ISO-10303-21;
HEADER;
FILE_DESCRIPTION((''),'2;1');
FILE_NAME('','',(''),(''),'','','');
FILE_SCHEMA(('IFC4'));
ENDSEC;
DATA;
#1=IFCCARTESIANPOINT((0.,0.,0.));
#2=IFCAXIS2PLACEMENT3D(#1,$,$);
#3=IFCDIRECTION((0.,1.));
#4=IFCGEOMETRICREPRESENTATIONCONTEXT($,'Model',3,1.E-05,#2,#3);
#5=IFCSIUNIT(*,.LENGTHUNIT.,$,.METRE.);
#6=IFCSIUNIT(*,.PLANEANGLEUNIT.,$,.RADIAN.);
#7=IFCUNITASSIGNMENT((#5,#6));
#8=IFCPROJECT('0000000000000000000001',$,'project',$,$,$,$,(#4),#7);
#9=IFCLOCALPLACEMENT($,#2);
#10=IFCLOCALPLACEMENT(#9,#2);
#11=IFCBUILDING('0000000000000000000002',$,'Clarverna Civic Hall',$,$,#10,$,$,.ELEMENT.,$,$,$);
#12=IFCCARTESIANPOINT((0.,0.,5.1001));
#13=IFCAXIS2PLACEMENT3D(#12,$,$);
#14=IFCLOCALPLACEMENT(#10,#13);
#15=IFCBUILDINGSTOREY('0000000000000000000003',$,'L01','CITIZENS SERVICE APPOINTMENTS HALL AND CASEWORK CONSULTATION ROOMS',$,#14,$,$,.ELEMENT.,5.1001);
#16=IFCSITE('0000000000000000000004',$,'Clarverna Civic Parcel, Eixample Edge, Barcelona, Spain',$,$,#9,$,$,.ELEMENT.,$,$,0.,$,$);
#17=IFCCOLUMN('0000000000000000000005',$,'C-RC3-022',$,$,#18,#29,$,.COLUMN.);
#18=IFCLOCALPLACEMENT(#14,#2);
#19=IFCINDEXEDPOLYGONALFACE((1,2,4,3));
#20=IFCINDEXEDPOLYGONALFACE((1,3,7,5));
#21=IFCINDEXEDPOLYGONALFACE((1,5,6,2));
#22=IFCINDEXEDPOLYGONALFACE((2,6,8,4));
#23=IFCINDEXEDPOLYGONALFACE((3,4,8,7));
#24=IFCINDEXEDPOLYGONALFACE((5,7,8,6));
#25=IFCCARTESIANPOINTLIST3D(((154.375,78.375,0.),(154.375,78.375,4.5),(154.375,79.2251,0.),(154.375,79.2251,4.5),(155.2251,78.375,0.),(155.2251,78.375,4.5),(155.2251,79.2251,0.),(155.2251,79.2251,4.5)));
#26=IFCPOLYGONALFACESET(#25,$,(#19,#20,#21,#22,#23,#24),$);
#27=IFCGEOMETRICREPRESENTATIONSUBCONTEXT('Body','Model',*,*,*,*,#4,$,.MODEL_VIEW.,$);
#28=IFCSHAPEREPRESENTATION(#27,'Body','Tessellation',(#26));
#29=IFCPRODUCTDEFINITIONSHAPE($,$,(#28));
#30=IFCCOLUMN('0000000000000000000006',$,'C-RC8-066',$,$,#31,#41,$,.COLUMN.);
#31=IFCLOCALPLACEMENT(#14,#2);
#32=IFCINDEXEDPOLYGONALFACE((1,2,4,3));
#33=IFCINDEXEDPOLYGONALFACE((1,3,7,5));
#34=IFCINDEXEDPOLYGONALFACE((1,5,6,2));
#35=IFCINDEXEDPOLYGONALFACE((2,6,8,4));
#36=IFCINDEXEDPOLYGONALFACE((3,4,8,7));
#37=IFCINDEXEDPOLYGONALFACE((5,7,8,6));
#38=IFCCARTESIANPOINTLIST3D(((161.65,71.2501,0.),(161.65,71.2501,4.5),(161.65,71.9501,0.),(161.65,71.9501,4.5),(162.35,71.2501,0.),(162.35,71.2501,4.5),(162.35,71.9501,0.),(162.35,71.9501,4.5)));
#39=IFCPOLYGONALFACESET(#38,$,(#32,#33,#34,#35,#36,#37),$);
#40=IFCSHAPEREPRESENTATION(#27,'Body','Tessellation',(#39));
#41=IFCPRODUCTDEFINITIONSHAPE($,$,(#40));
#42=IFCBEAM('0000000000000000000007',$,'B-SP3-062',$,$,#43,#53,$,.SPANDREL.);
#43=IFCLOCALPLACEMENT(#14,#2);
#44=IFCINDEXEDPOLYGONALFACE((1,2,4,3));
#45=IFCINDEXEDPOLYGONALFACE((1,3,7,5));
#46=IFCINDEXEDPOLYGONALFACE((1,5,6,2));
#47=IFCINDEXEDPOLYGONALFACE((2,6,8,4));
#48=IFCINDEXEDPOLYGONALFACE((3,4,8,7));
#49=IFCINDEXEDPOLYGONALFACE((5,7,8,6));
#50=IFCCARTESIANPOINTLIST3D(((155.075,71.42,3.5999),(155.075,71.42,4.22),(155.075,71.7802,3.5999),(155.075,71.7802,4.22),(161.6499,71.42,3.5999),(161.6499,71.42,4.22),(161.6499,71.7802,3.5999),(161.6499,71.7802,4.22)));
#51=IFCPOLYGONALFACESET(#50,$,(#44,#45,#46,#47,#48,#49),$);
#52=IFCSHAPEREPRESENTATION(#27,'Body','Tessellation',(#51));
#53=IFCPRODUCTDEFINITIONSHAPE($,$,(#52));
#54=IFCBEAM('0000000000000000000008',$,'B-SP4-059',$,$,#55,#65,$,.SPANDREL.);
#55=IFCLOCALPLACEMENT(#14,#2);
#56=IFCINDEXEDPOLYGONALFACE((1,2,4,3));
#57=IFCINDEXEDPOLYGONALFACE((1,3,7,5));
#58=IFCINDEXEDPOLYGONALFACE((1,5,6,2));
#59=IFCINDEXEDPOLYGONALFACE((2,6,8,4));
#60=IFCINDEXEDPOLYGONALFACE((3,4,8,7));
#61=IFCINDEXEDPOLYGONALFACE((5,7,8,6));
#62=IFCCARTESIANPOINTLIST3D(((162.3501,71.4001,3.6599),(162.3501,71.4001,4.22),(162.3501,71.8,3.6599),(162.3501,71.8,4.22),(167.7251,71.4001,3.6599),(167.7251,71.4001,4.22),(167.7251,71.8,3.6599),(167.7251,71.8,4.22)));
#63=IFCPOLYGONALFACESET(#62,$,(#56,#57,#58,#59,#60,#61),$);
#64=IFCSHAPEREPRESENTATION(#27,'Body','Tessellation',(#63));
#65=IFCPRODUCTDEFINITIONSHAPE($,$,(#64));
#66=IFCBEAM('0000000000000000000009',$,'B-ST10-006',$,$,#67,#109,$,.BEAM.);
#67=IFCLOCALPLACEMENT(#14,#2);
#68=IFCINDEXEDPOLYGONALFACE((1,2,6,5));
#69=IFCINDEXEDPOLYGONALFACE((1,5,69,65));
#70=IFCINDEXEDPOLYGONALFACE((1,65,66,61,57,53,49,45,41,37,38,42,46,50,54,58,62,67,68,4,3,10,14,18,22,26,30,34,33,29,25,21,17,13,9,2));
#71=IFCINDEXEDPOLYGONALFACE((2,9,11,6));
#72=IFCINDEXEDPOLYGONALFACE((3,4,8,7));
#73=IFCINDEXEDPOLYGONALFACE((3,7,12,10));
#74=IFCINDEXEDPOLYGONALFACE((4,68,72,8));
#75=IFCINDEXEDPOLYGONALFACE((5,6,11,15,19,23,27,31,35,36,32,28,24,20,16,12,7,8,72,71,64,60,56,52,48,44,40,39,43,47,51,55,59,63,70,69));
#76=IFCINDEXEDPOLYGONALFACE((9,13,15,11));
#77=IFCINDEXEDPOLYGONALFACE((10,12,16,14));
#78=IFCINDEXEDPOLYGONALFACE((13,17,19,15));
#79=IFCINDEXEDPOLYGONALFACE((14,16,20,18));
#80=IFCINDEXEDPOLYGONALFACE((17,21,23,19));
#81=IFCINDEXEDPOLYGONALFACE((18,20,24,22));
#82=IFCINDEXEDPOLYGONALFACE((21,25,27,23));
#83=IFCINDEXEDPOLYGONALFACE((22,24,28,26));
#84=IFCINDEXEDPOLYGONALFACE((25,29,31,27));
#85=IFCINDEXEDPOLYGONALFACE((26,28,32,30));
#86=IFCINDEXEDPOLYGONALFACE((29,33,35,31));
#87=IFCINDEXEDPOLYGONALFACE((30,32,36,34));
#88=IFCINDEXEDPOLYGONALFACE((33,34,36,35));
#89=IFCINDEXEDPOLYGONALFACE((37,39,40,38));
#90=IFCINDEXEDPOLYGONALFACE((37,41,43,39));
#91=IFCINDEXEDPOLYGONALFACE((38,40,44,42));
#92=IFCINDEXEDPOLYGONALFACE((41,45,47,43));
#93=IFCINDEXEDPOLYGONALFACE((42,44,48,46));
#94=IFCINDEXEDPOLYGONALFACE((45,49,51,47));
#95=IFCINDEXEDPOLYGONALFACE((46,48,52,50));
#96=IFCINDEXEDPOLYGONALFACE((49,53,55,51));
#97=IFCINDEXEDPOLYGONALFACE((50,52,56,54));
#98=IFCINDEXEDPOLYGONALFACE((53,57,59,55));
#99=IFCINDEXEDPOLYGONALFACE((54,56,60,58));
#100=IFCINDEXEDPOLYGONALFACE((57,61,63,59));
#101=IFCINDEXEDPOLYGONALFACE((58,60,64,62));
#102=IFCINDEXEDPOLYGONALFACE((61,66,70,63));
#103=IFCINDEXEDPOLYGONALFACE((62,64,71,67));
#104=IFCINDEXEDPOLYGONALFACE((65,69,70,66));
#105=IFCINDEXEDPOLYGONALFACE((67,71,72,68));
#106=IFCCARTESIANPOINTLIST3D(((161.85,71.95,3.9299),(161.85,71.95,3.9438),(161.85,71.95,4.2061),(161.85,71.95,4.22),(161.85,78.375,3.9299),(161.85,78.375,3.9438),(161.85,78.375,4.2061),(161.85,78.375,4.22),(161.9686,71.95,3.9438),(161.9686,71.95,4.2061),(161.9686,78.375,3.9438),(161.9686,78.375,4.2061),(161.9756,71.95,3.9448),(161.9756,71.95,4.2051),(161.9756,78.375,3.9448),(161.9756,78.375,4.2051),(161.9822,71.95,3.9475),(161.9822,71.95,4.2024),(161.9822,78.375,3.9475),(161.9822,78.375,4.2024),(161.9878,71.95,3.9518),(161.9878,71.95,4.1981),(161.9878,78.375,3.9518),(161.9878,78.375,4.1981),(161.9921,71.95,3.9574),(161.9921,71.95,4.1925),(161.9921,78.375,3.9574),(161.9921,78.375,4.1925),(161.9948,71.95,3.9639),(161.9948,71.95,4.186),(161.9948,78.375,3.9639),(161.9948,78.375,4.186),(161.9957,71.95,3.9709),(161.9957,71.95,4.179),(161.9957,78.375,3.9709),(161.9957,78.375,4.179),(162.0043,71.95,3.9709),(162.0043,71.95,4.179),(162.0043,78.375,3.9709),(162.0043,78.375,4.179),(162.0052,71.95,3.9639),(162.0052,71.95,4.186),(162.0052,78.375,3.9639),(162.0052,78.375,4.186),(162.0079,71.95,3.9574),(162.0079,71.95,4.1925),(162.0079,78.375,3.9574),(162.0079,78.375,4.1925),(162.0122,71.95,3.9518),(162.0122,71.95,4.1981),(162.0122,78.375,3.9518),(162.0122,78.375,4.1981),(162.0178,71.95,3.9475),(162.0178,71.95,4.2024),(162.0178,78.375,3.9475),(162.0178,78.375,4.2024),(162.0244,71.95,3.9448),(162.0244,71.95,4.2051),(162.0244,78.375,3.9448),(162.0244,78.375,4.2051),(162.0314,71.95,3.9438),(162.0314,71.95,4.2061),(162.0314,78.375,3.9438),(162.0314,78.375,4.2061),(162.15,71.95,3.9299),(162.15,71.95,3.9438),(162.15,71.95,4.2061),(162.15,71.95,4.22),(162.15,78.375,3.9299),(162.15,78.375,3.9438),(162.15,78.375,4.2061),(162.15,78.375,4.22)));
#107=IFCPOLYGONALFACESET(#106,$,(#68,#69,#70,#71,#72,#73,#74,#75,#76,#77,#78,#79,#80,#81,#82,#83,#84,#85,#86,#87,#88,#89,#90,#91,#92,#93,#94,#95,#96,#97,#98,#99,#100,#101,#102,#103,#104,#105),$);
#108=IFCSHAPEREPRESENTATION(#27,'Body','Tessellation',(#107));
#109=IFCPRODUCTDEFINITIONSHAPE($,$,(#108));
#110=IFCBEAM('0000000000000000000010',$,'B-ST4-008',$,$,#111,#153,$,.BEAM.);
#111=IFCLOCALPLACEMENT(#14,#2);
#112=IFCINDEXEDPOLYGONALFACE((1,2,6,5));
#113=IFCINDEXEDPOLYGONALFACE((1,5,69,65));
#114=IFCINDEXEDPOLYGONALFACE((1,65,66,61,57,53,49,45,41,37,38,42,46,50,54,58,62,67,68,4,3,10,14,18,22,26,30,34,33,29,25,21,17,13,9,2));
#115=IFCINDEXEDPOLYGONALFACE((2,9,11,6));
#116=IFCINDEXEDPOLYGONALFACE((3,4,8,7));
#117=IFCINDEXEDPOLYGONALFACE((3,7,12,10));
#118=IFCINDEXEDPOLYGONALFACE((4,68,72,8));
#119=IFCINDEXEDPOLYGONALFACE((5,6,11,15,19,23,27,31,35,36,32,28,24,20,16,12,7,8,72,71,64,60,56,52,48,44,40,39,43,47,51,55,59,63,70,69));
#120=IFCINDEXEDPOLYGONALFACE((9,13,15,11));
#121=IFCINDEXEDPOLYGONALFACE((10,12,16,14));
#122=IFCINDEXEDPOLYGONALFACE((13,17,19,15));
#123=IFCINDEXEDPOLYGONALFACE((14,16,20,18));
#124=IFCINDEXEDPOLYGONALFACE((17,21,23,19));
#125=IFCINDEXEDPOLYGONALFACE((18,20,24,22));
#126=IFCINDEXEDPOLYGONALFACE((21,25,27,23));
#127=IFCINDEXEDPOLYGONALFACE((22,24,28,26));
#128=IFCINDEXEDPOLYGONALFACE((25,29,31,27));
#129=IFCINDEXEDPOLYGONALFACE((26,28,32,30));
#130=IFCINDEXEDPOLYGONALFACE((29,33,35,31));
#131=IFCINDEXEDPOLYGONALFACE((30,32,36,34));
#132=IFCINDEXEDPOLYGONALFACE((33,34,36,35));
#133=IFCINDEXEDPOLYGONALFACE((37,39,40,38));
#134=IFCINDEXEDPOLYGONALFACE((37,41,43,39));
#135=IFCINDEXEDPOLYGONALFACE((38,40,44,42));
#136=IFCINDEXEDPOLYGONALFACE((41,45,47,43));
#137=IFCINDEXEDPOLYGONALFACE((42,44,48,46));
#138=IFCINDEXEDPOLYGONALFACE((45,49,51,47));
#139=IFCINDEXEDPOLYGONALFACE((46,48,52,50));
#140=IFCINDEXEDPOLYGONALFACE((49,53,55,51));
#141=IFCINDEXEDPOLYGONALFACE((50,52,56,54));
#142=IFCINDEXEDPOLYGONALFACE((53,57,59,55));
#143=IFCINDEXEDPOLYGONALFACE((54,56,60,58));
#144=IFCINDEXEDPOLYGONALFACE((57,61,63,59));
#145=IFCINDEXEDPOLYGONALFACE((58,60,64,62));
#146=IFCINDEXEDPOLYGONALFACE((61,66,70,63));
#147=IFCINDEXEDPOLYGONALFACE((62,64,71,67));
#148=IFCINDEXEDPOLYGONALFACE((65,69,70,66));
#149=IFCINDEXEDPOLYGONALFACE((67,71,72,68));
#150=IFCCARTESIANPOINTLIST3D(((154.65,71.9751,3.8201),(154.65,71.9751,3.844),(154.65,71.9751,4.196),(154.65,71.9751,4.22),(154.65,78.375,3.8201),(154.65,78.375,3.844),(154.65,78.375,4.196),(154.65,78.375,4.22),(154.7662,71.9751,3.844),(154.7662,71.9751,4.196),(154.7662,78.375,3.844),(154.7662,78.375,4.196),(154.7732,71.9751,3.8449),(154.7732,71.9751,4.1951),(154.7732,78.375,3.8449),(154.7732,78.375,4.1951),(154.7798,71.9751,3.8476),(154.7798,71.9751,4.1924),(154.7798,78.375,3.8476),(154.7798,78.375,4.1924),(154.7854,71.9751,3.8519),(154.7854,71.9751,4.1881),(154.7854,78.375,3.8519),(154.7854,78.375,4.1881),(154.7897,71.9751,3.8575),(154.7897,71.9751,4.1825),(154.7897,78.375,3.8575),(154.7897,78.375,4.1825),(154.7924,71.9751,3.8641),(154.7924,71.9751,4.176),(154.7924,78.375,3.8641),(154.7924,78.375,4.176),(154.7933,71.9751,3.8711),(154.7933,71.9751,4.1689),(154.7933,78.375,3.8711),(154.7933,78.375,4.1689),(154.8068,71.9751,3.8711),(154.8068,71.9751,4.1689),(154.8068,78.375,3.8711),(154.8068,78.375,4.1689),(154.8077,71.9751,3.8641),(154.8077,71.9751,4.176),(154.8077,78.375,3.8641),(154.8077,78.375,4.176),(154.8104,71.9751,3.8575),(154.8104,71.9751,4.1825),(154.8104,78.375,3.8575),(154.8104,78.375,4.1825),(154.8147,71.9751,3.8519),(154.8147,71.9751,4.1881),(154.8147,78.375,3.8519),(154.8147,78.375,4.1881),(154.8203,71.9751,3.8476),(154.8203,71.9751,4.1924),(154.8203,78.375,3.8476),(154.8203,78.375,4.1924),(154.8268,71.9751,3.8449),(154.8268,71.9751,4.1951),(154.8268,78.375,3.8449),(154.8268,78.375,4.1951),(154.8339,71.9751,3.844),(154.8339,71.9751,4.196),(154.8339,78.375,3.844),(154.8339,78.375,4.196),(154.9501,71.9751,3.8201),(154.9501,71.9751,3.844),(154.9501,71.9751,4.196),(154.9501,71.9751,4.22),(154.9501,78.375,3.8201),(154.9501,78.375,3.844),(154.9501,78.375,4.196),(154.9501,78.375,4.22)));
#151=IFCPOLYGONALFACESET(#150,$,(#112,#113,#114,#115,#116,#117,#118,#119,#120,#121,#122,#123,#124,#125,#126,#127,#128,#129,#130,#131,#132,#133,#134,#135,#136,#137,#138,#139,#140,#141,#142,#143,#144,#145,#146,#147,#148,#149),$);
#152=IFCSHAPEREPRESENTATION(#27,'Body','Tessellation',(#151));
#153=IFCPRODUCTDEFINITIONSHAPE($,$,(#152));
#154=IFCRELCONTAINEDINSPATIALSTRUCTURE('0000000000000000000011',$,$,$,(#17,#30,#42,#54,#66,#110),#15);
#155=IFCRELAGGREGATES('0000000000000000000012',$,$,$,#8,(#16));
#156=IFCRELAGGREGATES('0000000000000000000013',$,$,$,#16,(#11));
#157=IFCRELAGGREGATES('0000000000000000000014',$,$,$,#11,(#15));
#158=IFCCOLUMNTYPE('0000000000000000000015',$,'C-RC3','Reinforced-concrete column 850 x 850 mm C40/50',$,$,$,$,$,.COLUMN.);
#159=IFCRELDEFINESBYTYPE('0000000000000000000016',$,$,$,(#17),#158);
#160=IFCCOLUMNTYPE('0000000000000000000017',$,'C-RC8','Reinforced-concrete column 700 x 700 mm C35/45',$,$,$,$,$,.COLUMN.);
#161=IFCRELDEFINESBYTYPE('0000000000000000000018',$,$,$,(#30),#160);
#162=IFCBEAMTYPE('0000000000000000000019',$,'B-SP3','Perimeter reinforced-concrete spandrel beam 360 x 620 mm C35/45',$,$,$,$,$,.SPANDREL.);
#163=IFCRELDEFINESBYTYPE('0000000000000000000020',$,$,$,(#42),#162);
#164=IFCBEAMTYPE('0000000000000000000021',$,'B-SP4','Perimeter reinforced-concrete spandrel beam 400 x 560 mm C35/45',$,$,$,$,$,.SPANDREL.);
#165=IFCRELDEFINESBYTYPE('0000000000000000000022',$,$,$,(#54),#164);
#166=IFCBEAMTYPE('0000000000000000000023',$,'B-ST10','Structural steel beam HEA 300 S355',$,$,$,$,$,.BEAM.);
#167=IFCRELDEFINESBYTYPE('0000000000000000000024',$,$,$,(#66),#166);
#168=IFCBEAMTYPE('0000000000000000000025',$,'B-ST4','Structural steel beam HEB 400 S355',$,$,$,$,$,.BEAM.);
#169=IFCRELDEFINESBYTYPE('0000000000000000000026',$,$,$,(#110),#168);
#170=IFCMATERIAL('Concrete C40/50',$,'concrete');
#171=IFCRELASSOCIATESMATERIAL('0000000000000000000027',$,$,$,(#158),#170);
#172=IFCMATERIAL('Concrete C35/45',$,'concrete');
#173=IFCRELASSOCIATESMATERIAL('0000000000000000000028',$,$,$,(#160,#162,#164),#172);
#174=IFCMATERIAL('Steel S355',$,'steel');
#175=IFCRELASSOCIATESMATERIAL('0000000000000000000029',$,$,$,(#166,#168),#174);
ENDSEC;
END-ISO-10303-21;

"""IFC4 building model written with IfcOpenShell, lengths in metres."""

from ifc_helpers import new_model, si_unit, direction, frame, origin, origin_2d, place, context, subcontext, project, spatial, rectangle, i_section, extrude, material, material_profile, profile_set, type_object, element, save


model = new_model("IFC4")

# Units and contexts
model_context = context("Model", 3, precision=1e-05, world=origin(), true_north=direction((0.0, 1.0)))
body_context = subcontext(model_context, "Body", "Model", "MODEL_VIEW")
ifc_project = project(units=[si_unit("LENGTHUNIT", "METRE"), si_unit("PLANEANGLEUNIT", "RADIAN")], contexts=[model_context])

# Site, building, storey
site_placement = place(None, origin())
site = spatial("IfcSite", under=ifc_project, at=site_placement, Name="Clarverna Civic Parcel, Eixample Edge, Barcelona, Spain", CompositionType="ELEMENT", RefElevation=0.0)
building_placement = place(site_placement, origin())
building = spatial("IfcBuilding", under=site, at=building_placement, Name="Clarverna Civic Hall", CompositionType="ELEMENT")
storey_placement = place(building_placement, frame((0.0, 0.0, 5.1001)))
storey = spatial("IfcBuildingStorey", under=building, at=storey_placement, Name="L01", Description="CITIZENS SERVICE APPOINTMENTS HALL AND CASEWORK CONSULTATION ROOMS", CompositionType="ELEMENT", Elevation=5.1001)

# Columns
ifc_material_1 = material(Name="Concrete C40/50", Category="concrete")
ifc_material_profile_1 = material_profile(ifc_material_1, rectangle(XDim=0.8501, YDim=0.8501, at=origin_2d()), Name="RC 850x850")
ifc_profile_set_1 = profile_set([ifc_material_profile_1], Name="Concrete C40/50")
column_type_1 = type_object("IfcColumnType", Name="C-RC3", Description="Reinforced-concrete column 850 x 850 mm C40/50", PredefinedType="COLUMN", material=ifc_profile_set_1)
column_1_placement = place(storey_placement, frame((154.8, 78.8, 0.0), z_axis=(0.0, 0.0, 1.0), x_axis=(1.0, 0.0, 0.0)))
element("IfcColumn", 1, at=column_1_placement, inside=storey, type_object=column_type_1, Name="C-RC3-022", PredefinedType="COLUMN", context=body_context, shape_type="SweptSolid", body=[
    extrude(rectangle(XDim=0.8501, YDim=0.8501, at=origin_2d()), origin(), (0.0, 0.0, 1.0), 4.5),
])
ifc_material_2 = material(Name="Concrete C35/45", Category="concrete")
ifc_material_profile_2 = material_profile(ifc_material_2, rectangle(XDim=0.7, YDim=0.7, at=origin_2d()), Name="RC 700x700")
ifc_profile_set_2 = profile_set([ifc_material_profile_2], Name="Concrete C35/45")
column_type_2 = type_object("IfcColumnType", Name="C-RC8", Description="Reinforced-concrete column 700 x 700 mm C35/45", PredefinedType="COLUMN", material=ifc_profile_set_2)
column_2_placement = place(storey_placement, frame((162.0, 71.6001, 0.0), z_axis=(0.0, 0.0, 1.0), x_axis=(1.0, 0.0, 0.0)))
element("IfcColumn", 2, at=column_2_placement, inside=storey, type_object=column_type_2, Name="C-RC8-066", PredefinedType="COLUMN", context=body_context, shape_type="SweptSolid", body=[
    extrude(rectangle(XDim=0.7, YDim=0.7, at=origin_2d()), origin(), (0.0, 0.0, 1.0), 4.5),
])

# Beams
ifc_material_profile_3 = material_profile(ifc_material_2, rectangle(XDim=0.3601, YDim=0.6201, at=origin_2d()), Name="RC 360x620")
ifc_profile_set_3 = profile_set([ifc_material_profile_3], Name="Concrete C35/45")
beam_type_1 = type_object("IfcBeamType", Name="B-SP3", Description="Perimeter reinforced-concrete spandrel beam 360 x 620 mm C35/45", PredefinedType="SPANDREL", material=ifc_profile_set_3)
beam_1_placement = place(storey_placement, frame((155.075, 71.6001, 3.9099), z_axis=(1.0, 0.0, 0.0), x_axis=(0.0, 1.0, 0.0)))
element("IfcBeam", 3, at=beam_1_placement, inside=storey, type_object=beam_type_1, Name="B-SP3-062", PredefinedType="SPANDREL", context=body_context, shape_type="SweptSolid", body=[
    extrude(rectangle(XDim=0.3601, YDim=0.6201, at=origin_2d()), origin(), (0.0, 0.0, 1.0), 6.575),
])
ifc_material_profile_4 = material_profile(ifc_material_2, rectangle(XDim=0.3999, YDim=0.5601, at=origin_2d()), Name="RC 400x560")
ifc_profile_set_4 = profile_set([ifc_material_profile_4], Name="Concrete C35/45")
beam_type_2 = type_object("IfcBeamType", Name="B-SP4", Description="Perimeter reinforced-concrete spandrel beam 400 x 560 mm C35/45", PredefinedType="SPANDREL", material=ifc_profile_set_4)
beam_2_placement = place(storey_placement, frame((162.3501, 71.6001, 3.9399), z_axis=(1.0, 0.0, 0.0), x_axis=(0.0, 1.0, 0.0)))
element("IfcBeam", 4, at=beam_2_placement, inside=storey, type_object=beam_type_2, Name="B-SP4-059", PredefinedType="SPANDREL", context=body_context, shape_type="SweptSolid", body=[
    extrude(rectangle(XDim=0.3999, YDim=0.5601, at=origin_2d()), origin(), (0.0, 0.0, 1.0), 5.375),
])
ifc_material_3 = material(Name="Steel S355", Category="steel")
ifc_material_profile_5 = material_profile(ifc_material_3, i_section(OverallWidth=0.3, OverallDepth=0.29, WebThickness=0.0085, FlangeThickness=0.0139, FilletRadius=0.0271, at=origin_2d()), Name="HEA 300")
ifc_profile_set_5 = profile_set([ifc_material_profile_5], Name="Steel S355")
beam_type_3 = type_object("IfcBeamType", Name="B-ST10", Description="Structural steel beam HEA 300 S355", PredefinedType="BEAM", material=ifc_profile_set_5)
beam_3_placement = place(storey_placement, frame((162.0, 71.95, 4.075), z_axis=(0.0, 1.0, 0.0), x_axis=(-1.0, 0.0, 0.0)))
element("IfcBeam", 5, at=beam_3_placement, inside=storey, type_object=beam_type_3, Name="B-ST10-006", PredefinedType="BEAM", context=body_context, shape_type="SweptSolid", body=[
    extrude(i_section(OverallWidth=0.3, OverallDepth=0.29, WebThickness=0.0085, FlangeThickness=0.0139, FilletRadius=0.0271, at=origin_2d()), origin(), (0.0, 0.0, 1.0), 6.425),
])
ifc_material_profile_6 = material_profile(ifc_material_3, i_section(OverallWidth=0.3, OverallDepth=0.3999, WebThickness=0.0134, FlangeThickness=0.0239, FilletRadius=0.0271, at=origin_2d()), Name="HEB 400")
ifc_profile_set_6 = profile_set([ifc_material_profile_6], Name="Steel S355")
beam_type_4 = type_object("IfcBeamType", Name="B-ST4", Description="Structural steel beam HEB 400 S355", PredefinedType="BEAM", material=ifc_profile_set_6)
beam_4_placement = place(storey_placement, frame((154.8, 71.9751, 4.02), z_axis=(0.0, 1.0, 0.0), x_axis=(-1.0, 0.0, 0.0)))
element("IfcBeam", 6, at=beam_4_placement, inside=storey, type_object=beam_type_4, Name="B-ST4-008", PredefinedType="BEAM", context=body_context, shape_type="SweptSolid", body=[
    extrude(i_section(OverallWidth=0.3, OverallDepth=0.3999, WebThickness=0.0134, FlangeThickness=0.0239, FilletRadius=0.0271, at=origin_2d()), origin(), (0.0, 0.0, 1.0), 6.3999),
])

save(model, "model.ifc")
